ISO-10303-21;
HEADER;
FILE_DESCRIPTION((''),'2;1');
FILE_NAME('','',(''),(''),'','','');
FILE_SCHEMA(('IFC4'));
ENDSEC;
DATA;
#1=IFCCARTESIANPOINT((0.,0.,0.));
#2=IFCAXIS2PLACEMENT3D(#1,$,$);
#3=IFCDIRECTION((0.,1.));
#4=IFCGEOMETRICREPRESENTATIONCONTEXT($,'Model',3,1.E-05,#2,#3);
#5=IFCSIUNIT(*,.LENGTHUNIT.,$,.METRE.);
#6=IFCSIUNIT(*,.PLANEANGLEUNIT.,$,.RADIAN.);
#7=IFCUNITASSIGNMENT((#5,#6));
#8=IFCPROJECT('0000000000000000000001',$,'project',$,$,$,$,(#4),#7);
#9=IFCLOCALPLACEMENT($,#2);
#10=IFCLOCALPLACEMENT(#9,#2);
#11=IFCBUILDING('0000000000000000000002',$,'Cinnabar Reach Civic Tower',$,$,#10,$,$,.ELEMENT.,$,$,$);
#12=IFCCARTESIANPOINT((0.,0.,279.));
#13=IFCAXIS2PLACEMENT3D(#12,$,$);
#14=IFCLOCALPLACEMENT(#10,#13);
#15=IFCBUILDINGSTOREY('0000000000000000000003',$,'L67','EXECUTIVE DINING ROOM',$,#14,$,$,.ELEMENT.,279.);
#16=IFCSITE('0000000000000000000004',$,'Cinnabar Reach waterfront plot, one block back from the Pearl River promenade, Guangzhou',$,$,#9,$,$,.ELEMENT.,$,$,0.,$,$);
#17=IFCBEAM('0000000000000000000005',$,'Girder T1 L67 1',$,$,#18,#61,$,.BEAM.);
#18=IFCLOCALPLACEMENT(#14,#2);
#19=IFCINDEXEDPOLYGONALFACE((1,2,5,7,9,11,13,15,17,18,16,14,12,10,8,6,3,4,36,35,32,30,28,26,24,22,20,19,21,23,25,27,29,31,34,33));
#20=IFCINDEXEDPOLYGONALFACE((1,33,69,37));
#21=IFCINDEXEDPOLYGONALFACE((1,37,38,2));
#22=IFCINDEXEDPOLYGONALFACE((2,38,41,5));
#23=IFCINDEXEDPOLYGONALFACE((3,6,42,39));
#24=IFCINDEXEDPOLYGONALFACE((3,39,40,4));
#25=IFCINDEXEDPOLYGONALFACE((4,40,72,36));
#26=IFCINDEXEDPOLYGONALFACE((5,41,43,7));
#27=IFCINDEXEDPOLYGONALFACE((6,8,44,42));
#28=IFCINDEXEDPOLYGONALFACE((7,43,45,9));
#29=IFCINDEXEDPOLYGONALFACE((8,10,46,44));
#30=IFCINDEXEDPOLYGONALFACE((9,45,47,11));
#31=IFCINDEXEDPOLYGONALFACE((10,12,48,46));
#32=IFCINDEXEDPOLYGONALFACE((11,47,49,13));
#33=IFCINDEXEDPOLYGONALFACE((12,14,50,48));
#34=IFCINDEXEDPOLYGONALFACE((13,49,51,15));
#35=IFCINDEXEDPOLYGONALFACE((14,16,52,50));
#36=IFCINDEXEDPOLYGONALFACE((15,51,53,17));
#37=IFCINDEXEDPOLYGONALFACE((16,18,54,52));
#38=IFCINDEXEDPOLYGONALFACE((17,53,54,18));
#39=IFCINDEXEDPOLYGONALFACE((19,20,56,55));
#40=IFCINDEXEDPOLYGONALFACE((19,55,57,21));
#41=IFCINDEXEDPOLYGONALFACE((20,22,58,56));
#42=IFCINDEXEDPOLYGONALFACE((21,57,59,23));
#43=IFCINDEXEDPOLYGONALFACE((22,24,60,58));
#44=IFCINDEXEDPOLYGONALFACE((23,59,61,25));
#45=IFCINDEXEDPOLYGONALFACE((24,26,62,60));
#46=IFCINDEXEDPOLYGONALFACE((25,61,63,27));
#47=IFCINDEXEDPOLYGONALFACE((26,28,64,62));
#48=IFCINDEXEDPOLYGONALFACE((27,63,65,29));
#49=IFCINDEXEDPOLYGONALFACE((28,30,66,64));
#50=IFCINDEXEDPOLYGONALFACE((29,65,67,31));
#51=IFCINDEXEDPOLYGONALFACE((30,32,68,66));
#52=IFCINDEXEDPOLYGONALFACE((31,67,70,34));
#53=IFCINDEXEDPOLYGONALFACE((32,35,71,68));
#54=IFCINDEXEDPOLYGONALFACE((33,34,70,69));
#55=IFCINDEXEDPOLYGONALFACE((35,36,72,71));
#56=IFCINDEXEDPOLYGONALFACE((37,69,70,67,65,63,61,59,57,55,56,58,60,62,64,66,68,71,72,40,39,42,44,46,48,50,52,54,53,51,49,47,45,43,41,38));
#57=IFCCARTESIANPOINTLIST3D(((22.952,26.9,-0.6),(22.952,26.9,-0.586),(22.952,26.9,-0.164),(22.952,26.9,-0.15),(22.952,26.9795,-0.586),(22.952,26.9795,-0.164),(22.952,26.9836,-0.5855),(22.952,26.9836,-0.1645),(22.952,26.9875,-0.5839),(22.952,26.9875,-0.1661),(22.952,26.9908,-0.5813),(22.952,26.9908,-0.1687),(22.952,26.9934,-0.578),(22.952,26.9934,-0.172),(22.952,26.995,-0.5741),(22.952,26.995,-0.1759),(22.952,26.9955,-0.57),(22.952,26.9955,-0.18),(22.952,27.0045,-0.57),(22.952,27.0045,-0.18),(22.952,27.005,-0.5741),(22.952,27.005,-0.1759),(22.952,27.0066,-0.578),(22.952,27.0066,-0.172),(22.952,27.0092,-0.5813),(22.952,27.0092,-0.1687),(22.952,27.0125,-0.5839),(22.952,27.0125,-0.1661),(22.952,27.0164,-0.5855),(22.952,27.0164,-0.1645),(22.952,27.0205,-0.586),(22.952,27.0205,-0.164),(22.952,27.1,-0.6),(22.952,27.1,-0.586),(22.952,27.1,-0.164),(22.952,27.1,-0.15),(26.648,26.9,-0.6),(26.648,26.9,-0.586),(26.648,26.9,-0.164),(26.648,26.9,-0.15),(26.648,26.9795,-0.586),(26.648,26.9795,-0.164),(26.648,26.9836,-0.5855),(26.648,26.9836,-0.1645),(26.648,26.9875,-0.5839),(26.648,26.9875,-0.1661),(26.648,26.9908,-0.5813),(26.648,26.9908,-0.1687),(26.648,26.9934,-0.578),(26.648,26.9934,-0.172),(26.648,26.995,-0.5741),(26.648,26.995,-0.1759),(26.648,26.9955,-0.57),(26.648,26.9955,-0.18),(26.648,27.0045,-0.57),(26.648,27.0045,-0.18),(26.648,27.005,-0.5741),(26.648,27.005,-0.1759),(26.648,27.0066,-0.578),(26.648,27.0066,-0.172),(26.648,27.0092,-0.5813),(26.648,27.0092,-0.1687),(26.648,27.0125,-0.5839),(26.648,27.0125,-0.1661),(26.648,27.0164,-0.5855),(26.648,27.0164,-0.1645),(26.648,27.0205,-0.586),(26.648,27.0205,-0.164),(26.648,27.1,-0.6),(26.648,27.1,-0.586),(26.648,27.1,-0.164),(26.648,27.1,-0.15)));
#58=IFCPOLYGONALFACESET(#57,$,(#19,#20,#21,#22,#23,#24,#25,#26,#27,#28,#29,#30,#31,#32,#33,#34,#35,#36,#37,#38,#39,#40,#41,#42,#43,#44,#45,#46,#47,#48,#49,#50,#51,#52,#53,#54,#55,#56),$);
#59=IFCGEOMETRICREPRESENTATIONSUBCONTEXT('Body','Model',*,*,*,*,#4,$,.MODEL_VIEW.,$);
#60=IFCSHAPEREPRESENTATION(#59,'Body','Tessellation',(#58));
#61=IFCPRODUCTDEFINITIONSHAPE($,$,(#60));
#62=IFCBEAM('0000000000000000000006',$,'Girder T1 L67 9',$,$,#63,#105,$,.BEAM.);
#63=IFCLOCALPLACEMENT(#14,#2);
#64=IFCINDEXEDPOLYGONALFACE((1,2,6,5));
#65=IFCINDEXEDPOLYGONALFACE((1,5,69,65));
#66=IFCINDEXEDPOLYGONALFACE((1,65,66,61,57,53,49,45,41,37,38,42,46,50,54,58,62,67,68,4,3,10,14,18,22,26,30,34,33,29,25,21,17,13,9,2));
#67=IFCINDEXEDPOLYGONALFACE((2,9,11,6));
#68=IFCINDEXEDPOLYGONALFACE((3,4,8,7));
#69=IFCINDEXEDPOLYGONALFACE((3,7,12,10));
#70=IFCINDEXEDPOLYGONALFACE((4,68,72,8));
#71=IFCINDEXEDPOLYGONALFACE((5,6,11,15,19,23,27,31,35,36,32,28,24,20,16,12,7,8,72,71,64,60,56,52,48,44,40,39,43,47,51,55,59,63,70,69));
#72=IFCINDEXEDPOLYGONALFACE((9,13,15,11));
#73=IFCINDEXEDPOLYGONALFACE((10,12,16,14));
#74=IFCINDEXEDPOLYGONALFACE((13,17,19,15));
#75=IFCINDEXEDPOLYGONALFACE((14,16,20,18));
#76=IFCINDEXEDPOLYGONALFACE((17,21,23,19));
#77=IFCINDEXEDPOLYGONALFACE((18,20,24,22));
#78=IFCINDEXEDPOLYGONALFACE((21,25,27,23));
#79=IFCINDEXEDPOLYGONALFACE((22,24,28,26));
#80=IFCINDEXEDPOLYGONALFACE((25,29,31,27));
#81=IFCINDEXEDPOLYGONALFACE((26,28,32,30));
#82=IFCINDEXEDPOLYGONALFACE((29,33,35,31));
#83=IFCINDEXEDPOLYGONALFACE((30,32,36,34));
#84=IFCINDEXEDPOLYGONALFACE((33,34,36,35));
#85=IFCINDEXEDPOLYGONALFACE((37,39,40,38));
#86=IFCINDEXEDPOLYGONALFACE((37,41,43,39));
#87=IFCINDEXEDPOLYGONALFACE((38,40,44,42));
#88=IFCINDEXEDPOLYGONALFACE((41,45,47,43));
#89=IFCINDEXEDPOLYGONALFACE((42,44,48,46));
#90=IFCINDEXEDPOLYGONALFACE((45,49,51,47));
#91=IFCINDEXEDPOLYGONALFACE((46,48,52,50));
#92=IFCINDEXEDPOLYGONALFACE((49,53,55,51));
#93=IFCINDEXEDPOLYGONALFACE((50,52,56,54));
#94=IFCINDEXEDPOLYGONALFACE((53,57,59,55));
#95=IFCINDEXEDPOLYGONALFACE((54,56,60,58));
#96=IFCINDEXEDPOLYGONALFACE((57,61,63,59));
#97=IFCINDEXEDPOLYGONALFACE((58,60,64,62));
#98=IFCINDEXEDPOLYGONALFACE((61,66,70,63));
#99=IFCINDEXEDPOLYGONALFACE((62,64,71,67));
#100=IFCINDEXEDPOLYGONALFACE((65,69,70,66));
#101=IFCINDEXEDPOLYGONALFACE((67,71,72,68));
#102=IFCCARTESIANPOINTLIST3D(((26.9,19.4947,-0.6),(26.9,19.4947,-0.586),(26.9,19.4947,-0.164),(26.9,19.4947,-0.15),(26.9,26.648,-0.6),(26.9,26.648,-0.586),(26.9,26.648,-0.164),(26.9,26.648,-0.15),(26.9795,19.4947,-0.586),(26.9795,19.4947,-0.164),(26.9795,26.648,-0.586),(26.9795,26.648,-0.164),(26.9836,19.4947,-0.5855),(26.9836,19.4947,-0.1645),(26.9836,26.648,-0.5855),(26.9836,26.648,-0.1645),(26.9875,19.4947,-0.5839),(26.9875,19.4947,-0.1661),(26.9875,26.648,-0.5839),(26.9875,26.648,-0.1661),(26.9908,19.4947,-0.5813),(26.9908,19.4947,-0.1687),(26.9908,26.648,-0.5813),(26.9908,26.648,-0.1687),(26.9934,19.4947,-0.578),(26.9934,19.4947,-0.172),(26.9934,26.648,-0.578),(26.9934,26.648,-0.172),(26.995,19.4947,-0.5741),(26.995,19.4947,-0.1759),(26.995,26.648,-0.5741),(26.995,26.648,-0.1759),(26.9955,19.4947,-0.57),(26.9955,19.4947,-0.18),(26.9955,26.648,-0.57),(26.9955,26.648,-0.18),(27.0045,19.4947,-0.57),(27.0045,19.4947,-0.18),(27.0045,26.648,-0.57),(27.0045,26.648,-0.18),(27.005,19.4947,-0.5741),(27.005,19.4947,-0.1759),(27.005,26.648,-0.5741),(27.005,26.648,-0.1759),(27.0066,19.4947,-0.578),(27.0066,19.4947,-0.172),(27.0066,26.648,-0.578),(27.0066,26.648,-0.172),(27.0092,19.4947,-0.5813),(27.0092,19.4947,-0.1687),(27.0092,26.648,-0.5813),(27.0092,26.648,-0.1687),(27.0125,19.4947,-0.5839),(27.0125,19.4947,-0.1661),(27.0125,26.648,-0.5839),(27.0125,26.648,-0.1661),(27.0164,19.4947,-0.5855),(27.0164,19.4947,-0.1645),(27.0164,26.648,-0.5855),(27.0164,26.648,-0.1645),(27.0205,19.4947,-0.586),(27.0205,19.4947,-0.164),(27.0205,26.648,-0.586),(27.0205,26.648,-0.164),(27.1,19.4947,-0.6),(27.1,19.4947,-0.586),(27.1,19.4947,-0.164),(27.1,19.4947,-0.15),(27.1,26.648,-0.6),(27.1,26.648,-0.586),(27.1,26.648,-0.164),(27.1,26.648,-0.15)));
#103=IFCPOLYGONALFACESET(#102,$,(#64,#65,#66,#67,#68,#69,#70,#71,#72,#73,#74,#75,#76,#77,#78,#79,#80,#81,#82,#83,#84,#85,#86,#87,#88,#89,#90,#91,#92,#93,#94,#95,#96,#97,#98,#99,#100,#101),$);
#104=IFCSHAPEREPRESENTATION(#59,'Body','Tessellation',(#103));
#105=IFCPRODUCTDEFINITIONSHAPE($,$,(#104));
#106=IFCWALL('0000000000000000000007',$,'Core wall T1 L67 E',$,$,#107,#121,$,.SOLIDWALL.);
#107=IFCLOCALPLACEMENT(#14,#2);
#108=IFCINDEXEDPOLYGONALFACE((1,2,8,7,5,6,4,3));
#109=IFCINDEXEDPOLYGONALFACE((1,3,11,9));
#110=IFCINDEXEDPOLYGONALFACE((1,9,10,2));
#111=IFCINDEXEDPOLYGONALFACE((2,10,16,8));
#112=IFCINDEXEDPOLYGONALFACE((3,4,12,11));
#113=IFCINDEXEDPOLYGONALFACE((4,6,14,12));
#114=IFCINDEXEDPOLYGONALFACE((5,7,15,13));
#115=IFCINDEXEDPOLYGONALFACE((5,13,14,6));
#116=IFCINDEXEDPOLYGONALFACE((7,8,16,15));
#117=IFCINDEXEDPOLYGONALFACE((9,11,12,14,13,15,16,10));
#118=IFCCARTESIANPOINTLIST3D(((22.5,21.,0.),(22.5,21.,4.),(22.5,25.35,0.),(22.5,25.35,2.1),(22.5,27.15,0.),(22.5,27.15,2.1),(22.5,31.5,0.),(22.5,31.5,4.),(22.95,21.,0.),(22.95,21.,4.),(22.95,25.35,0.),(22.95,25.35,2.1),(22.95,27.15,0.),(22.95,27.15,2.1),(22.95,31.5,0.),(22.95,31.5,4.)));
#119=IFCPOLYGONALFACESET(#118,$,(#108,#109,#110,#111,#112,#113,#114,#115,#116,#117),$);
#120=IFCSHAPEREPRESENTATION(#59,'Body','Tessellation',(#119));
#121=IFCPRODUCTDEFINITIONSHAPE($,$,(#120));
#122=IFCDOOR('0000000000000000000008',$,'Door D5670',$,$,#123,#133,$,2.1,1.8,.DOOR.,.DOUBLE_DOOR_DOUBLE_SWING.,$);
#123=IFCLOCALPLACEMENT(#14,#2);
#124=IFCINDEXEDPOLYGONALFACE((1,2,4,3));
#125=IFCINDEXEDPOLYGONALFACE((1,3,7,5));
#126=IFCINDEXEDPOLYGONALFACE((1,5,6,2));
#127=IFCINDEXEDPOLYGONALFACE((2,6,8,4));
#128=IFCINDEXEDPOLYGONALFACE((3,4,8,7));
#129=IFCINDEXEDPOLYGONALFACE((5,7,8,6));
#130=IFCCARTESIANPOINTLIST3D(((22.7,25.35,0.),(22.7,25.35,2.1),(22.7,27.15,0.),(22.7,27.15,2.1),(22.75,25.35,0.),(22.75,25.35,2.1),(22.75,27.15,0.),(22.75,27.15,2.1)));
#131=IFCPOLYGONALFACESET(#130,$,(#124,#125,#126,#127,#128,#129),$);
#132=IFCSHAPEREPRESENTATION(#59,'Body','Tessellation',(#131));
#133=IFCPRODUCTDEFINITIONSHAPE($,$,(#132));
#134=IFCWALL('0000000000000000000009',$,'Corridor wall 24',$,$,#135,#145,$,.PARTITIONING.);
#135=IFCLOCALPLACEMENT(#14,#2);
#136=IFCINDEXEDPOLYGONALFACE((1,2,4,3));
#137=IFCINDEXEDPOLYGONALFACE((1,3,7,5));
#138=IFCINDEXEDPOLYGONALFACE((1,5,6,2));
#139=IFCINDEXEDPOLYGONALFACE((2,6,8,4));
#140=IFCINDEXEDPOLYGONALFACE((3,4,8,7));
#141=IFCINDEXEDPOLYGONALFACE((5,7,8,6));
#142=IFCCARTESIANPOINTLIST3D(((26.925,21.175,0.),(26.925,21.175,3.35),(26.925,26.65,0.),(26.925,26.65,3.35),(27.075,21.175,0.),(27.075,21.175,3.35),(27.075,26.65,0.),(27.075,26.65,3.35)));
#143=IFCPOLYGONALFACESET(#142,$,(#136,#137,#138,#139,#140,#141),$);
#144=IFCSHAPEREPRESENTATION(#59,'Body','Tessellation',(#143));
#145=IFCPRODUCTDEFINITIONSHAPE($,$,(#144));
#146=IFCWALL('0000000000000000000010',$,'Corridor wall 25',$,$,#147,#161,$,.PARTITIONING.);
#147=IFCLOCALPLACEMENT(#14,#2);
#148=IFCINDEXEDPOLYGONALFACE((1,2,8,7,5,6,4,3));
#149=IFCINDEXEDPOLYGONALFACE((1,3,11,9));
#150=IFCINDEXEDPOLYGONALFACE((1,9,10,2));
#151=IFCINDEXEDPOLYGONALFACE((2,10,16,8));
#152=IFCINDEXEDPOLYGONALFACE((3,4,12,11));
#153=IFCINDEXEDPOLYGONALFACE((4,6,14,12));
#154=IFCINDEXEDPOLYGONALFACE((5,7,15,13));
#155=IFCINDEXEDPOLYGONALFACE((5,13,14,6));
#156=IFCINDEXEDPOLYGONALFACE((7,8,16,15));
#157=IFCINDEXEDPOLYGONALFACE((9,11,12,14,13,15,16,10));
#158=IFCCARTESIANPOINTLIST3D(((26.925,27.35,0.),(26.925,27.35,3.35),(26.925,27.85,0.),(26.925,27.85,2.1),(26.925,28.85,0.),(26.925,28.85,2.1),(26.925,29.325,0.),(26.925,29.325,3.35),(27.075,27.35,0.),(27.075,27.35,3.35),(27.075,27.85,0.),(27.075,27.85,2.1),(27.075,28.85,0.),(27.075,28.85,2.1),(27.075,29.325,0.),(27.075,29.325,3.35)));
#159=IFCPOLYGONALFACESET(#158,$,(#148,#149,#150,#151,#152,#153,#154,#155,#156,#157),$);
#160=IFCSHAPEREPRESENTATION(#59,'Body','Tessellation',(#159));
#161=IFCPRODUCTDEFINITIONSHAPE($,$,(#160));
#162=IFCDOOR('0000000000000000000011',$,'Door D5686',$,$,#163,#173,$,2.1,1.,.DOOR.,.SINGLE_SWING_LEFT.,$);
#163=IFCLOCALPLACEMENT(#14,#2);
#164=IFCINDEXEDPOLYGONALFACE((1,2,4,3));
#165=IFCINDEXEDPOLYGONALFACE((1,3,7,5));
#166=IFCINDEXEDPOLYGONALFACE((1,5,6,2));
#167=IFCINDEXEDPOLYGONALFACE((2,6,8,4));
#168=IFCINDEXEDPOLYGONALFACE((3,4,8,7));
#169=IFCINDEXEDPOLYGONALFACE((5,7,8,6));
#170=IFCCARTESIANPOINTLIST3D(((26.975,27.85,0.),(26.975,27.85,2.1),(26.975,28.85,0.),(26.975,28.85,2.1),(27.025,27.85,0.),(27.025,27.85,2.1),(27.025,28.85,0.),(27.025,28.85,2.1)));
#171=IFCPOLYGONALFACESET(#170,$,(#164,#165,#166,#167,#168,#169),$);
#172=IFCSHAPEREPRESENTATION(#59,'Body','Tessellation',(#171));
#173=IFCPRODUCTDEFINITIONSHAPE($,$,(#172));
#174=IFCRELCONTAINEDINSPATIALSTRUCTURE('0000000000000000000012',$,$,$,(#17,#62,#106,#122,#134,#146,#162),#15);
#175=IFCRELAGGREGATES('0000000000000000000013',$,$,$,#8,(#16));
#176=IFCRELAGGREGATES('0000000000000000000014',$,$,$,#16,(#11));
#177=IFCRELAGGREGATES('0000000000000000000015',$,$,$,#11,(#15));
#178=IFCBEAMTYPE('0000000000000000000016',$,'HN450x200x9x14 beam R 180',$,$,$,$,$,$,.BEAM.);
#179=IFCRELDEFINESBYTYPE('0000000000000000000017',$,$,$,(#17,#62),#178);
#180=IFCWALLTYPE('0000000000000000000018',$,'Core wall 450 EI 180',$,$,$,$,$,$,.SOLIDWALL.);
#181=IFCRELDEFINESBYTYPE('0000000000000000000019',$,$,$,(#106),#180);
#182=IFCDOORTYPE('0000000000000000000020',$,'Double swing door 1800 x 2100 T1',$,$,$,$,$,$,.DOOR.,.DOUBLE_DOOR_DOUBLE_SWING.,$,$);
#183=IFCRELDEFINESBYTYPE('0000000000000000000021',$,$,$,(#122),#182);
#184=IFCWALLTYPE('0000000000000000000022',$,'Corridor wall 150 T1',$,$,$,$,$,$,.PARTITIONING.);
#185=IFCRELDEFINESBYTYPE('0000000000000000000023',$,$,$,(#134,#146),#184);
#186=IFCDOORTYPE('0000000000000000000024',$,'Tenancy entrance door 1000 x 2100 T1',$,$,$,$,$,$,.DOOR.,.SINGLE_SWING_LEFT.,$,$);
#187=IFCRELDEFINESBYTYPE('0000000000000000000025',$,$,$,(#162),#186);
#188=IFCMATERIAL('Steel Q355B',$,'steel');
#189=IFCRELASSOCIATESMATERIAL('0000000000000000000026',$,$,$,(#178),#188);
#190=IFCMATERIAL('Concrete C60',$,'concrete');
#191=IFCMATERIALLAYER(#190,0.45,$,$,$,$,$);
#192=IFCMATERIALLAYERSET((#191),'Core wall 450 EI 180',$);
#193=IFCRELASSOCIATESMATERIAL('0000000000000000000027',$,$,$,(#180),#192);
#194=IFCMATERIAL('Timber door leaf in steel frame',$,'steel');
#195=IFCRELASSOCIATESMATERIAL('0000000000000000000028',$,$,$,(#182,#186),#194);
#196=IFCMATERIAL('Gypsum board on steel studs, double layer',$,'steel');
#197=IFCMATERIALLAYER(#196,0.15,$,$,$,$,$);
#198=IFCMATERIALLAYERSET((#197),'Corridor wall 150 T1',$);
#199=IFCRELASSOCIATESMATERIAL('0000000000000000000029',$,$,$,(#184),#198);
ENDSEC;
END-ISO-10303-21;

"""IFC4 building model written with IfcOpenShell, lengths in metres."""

from ifc_helpers import new_model, si_unit, direction, frame, frame_2d, origin, origin_2d, place, context, subcontext, project, spatial, rectangle, i_section, extrude, material, layer, layer_set, material_profile, profile_set, type_object, element, fill, save


model = new_model("IFC4")

# Units and contexts
model_context = context("Model", 3, precision=1e-05, world=origin(), true_north=direction((0.0, 1.0)))
body_context = subcontext(model_context, "Body", "Model", "MODEL_VIEW")
ifc_project = project(units=[si_unit("LENGTHUNIT", "METRE"), si_unit("PLANEANGLEUNIT", "RADIAN")], contexts=[model_context])

# Site, building, storey
site_placement = place(None, origin())
site = spatial("IfcSite", under=ifc_project, at=site_placement, Name="Cinnabar Reach waterfront plot, one block back from the Pearl River promenade, Guangzhou", CompositionType="ELEMENT", RefElevation=0.0)
building_placement = place(site_placement, origin())
building = spatial("IfcBuilding", under=site, at=building_placement, Name="Cinnabar Reach Civic Tower", CompositionType="ELEMENT")
storey_placement = place(building_placement, frame((0.0, 0.0, 279.0)))
storey = spatial("IfcBuildingStorey", under=building, at=storey_placement, Name="L67", Description="EXECUTIVE DINING ROOM", CompositionType="ELEMENT", Elevation=279.0)

# Shared definitions
ifc_material_1 = material(Name="Concrete C60", Category="concrete")

# Beams
ifc_material_2 = material(Name="Steel Q355B", Category="steel")
ifc_material_profile_1 = material_profile(ifc_material_2, i_section(OverallWidth=0.2, OverallDepth=0.45, WebThickness=0.009, FlangeThickness=0.014, FilletRadius=0.016, at=origin_2d()), Name="HN450x200x9x14")
ifc_profile_set_1 = profile_set([ifc_material_profile_1], Name="Steel Q355B")
beam_type_1 = type_object("IfcBeamType", Name="HN450x200x9x14 beam R 180", PredefinedType="BEAM", material=ifc_profile_set_1)
beam_1_placement = place(storey_placement, frame((22.952, 27.0, -0.375), z_axis=(1.0, 0.0, 0.0), x_axis=(0.0, 1.0, 0.0)))
element("IfcBeam", 1, at=beam_1_placement, inside=storey, type_object=beam_type_1, Name="Girder T1 L67 1", PredefinedType="BEAM", context=body_context, shape_type="SweptSolid", body=[
    extrude(i_section(OverallWidth=0.2, OverallDepth=0.45, WebThickness=0.009, FlangeThickness=0.014, FilletRadius=0.016, at=origin_2d()), origin(), (0.0, 0.0, 1.0), 3.696),
])
beam_2_placement = place(storey_placement, frame((27.0, 19.4947, -0.375), z_axis=(0.0, 1.0, 0.0), x_axis=(-1.0, 0.0, 0.0)))
element("IfcBeam", 2, at=beam_2_placement, inside=storey, type_object=beam_type_1, Name="Girder T1 L67 9", PredefinedType="BEAM", context=body_context, shape_type="SweptSolid", body=[
    extrude(i_section(OverallWidth=0.2, OverallDepth=0.45, WebThickness=0.009, FlangeThickness=0.014, FilletRadius=0.016, at=origin_2d()), origin(), (0.0, 0.0, 1.0), 7.1533),
])

# Wall, opening, door
ifc_layer_1 = layer(ifc_material_1, 0.45)
ifc_layer_set_1 = layer_set([ifc_layer_1], Name="Core wall 450 EI 180")
wall_type_1 = type_object("IfcWallType", Name="Core wall 450 EI 180", PredefinedType="SOLIDWALL", material=ifc_layer_set_1)
wall_1_placement = place(storey_placement, frame((22.725, 21.0, 0.0), z_axis=(0.0, 0.0, 1.0), x_axis=(0.0, 1.0, 0.0)))
wall_1 = element("IfcWall", 3, at=wall_1_placement, inside=storey, type_object=wall_type_1, Name="Core wall T1 L67 E", PredefinedType="SOLIDWALL", context=body_context, shape_type="SweptSolid", body=[
    extrude(rectangle(XDim=10.5, YDim=0.45, at=frame_2d((5.25, 0.0))), origin(), (0.0, 0.0, 1.0), 4.0),
])
opening_1_placement = place(wall_1_placement, frame((4.35, 0.0, 0.0)))
opening_1 = element("IfcOpeningElement", 4, at=opening_1_placement, cuts=wall_1, PredefinedType="OPENING", context=body_context, shape_type="SweptSolid", body=[
    extrude(rectangle(XDim=1.8, YDim=2.1, at=frame_2d((0.9, 1.05))), frame((0.0, 0.235, 0.0), z_axis=(0.0, -1.0, 0.0), x_axis=(1.0, 0.0, 0.0)), (0.0, 0.0, 1.0), 0.47),
])
ifc_material_3 = material(Name="Timber door leaf in steel frame", Category="steel")
door_type_1 = type_object("IfcDoorType", Name="Double swing door 1800 x 2100 T1", OperationType="DOUBLE_DOOR_DOUBLE_SWING", PredefinedType="DOOR", material=ifc_material_3)
door_1_placement = place(opening_1_placement, origin())
door_1 = element("IfcDoor", 5, at=door_1_placement, inside=storey, type_object=door_type_1, Name="Door D5670", OperationType="DOUBLE_DOOR_DOUBLE_SWING", OverallHeight=2.1, OverallWidth=1.8, PredefinedType="DOOR", context=body_context, shape_type="SweptSolid", body=[
    extrude(rectangle(XDim=1.8, YDim=2.1, at=frame_2d((0.9, 1.05))), frame((0.0, 0.025, 0.0), z_axis=(0.0, -1.0, 0.0), x_axis=(1.0, 0.0, 0.0)), (0.0, 0.0, 1.0), 0.05),
])
fill(opening_1, door_1)

# Wall
ifc_material_4 = material(Name="Gypsum board on steel studs, double layer", Category="steel")
ifc_layer_2 = layer(ifc_material_4, 0.15)
ifc_layer_set_2 = layer_set([ifc_layer_2], Name="Corridor wall 150 T1")
wall_type_2 = type_object("IfcWallType", Name="Corridor wall 150 T1", PredefinedType="PARTITIONING", material=ifc_layer_set_2)
wall_2_placement = place(storey_placement, frame((27.0, 21.175, 0.0), z_axis=(0.0, 0.0, 1.0), x_axis=(0.0, 1.0, 0.0)))
element("IfcWall", 6, at=wall_2_placement, inside=storey, type_object=wall_type_2, Name="Corridor wall 24", PredefinedType="PARTITIONING", context=body_context, shape_type="SweptSolid", body=[
    extrude(rectangle(XDim=5.475, YDim=0.15, at=frame_2d((2.7375, 0.0))), origin(), (0.0, 0.0, 1.0), 3.35),
])

# Wall, opening, door
wall_3_placement = place(storey_placement, frame((27.0, 27.35, 0.0), z_axis=(0.0, 0.0, 1.0), x_axis=(0.0, 1.0, 0.0)))
wall_3 = element("IfcWall", 7, at=wall_3_placement, inside=storey, type_object=wall_type_2, Name="Corridor wall 25", PredefinedType="PARTITIONING", context=body_context, shape_type="SweptSolid", body=[
    extrude(rectangle(XDim=1.975, YDim=0.15, at=frame_2d((0.9875, 0.0))), origin(), (0.0, 0.0, 1.0), 3.35),
])
opening_2_placement = place(wall_3_placement, frame((0.5, 0.0, 0.0)))
opening_2 = element("IfcOpeningElement", 8, at=opening_2_placement, cuts=wall_3, PredefinedType="OPENING", context=body_context, shape_type="SweptSolid", body=[
    extrude(rectangle(XDim=1.0, YDim=2.1, at=frame_2d((0.5, 1.05))), frame((0.0, 0.085, 0.0), z_axis=(0.0, -1.0, 0.0), x_axis=(1.0, 0.0, 0.0)), (0.0, 0.0, 1.0), 0.17),
])
door_type_2 = type_object("IfcDoorType", Name="Tenancy entrance door 1000 x 2100 T1", OperationType="SINGLE_SWING_LEFT", PredefinedType="DOOR", material=ifc_material_3)
door_2_placement = place(opening_2_placement, frame((1.0, 0.0, 0.0), z_axis=(0.0, 0.0, 1.0), x_axis=(-1.0, 0.0, 0.0)))
door_2 = element("IfcDoor", 9, at=door_2_placement, inside=storey, type_object=door_type_2, Name="Door D5686", OperationType="SINGLE_SWING_LEFT", OverallHeight=2.1, OverallWidth=1.0, PredefinedType="DOOR", context=body_context, shape_type="SweptSolid", body=[
    extrude(rectangle(XDim=1.0, YDim=2.1, at=frame_2d((0.5, 1.05))), frame((0.0, 0.025, 0.0), z_axis=(0.0, -1.0, 0.0), x_axis=(1.0, 0.0, 0.0)), (0.0, 0.0, 1.0), 0.05),
])
fill(opening_2, door_2)

save(model, "model.ifc")
